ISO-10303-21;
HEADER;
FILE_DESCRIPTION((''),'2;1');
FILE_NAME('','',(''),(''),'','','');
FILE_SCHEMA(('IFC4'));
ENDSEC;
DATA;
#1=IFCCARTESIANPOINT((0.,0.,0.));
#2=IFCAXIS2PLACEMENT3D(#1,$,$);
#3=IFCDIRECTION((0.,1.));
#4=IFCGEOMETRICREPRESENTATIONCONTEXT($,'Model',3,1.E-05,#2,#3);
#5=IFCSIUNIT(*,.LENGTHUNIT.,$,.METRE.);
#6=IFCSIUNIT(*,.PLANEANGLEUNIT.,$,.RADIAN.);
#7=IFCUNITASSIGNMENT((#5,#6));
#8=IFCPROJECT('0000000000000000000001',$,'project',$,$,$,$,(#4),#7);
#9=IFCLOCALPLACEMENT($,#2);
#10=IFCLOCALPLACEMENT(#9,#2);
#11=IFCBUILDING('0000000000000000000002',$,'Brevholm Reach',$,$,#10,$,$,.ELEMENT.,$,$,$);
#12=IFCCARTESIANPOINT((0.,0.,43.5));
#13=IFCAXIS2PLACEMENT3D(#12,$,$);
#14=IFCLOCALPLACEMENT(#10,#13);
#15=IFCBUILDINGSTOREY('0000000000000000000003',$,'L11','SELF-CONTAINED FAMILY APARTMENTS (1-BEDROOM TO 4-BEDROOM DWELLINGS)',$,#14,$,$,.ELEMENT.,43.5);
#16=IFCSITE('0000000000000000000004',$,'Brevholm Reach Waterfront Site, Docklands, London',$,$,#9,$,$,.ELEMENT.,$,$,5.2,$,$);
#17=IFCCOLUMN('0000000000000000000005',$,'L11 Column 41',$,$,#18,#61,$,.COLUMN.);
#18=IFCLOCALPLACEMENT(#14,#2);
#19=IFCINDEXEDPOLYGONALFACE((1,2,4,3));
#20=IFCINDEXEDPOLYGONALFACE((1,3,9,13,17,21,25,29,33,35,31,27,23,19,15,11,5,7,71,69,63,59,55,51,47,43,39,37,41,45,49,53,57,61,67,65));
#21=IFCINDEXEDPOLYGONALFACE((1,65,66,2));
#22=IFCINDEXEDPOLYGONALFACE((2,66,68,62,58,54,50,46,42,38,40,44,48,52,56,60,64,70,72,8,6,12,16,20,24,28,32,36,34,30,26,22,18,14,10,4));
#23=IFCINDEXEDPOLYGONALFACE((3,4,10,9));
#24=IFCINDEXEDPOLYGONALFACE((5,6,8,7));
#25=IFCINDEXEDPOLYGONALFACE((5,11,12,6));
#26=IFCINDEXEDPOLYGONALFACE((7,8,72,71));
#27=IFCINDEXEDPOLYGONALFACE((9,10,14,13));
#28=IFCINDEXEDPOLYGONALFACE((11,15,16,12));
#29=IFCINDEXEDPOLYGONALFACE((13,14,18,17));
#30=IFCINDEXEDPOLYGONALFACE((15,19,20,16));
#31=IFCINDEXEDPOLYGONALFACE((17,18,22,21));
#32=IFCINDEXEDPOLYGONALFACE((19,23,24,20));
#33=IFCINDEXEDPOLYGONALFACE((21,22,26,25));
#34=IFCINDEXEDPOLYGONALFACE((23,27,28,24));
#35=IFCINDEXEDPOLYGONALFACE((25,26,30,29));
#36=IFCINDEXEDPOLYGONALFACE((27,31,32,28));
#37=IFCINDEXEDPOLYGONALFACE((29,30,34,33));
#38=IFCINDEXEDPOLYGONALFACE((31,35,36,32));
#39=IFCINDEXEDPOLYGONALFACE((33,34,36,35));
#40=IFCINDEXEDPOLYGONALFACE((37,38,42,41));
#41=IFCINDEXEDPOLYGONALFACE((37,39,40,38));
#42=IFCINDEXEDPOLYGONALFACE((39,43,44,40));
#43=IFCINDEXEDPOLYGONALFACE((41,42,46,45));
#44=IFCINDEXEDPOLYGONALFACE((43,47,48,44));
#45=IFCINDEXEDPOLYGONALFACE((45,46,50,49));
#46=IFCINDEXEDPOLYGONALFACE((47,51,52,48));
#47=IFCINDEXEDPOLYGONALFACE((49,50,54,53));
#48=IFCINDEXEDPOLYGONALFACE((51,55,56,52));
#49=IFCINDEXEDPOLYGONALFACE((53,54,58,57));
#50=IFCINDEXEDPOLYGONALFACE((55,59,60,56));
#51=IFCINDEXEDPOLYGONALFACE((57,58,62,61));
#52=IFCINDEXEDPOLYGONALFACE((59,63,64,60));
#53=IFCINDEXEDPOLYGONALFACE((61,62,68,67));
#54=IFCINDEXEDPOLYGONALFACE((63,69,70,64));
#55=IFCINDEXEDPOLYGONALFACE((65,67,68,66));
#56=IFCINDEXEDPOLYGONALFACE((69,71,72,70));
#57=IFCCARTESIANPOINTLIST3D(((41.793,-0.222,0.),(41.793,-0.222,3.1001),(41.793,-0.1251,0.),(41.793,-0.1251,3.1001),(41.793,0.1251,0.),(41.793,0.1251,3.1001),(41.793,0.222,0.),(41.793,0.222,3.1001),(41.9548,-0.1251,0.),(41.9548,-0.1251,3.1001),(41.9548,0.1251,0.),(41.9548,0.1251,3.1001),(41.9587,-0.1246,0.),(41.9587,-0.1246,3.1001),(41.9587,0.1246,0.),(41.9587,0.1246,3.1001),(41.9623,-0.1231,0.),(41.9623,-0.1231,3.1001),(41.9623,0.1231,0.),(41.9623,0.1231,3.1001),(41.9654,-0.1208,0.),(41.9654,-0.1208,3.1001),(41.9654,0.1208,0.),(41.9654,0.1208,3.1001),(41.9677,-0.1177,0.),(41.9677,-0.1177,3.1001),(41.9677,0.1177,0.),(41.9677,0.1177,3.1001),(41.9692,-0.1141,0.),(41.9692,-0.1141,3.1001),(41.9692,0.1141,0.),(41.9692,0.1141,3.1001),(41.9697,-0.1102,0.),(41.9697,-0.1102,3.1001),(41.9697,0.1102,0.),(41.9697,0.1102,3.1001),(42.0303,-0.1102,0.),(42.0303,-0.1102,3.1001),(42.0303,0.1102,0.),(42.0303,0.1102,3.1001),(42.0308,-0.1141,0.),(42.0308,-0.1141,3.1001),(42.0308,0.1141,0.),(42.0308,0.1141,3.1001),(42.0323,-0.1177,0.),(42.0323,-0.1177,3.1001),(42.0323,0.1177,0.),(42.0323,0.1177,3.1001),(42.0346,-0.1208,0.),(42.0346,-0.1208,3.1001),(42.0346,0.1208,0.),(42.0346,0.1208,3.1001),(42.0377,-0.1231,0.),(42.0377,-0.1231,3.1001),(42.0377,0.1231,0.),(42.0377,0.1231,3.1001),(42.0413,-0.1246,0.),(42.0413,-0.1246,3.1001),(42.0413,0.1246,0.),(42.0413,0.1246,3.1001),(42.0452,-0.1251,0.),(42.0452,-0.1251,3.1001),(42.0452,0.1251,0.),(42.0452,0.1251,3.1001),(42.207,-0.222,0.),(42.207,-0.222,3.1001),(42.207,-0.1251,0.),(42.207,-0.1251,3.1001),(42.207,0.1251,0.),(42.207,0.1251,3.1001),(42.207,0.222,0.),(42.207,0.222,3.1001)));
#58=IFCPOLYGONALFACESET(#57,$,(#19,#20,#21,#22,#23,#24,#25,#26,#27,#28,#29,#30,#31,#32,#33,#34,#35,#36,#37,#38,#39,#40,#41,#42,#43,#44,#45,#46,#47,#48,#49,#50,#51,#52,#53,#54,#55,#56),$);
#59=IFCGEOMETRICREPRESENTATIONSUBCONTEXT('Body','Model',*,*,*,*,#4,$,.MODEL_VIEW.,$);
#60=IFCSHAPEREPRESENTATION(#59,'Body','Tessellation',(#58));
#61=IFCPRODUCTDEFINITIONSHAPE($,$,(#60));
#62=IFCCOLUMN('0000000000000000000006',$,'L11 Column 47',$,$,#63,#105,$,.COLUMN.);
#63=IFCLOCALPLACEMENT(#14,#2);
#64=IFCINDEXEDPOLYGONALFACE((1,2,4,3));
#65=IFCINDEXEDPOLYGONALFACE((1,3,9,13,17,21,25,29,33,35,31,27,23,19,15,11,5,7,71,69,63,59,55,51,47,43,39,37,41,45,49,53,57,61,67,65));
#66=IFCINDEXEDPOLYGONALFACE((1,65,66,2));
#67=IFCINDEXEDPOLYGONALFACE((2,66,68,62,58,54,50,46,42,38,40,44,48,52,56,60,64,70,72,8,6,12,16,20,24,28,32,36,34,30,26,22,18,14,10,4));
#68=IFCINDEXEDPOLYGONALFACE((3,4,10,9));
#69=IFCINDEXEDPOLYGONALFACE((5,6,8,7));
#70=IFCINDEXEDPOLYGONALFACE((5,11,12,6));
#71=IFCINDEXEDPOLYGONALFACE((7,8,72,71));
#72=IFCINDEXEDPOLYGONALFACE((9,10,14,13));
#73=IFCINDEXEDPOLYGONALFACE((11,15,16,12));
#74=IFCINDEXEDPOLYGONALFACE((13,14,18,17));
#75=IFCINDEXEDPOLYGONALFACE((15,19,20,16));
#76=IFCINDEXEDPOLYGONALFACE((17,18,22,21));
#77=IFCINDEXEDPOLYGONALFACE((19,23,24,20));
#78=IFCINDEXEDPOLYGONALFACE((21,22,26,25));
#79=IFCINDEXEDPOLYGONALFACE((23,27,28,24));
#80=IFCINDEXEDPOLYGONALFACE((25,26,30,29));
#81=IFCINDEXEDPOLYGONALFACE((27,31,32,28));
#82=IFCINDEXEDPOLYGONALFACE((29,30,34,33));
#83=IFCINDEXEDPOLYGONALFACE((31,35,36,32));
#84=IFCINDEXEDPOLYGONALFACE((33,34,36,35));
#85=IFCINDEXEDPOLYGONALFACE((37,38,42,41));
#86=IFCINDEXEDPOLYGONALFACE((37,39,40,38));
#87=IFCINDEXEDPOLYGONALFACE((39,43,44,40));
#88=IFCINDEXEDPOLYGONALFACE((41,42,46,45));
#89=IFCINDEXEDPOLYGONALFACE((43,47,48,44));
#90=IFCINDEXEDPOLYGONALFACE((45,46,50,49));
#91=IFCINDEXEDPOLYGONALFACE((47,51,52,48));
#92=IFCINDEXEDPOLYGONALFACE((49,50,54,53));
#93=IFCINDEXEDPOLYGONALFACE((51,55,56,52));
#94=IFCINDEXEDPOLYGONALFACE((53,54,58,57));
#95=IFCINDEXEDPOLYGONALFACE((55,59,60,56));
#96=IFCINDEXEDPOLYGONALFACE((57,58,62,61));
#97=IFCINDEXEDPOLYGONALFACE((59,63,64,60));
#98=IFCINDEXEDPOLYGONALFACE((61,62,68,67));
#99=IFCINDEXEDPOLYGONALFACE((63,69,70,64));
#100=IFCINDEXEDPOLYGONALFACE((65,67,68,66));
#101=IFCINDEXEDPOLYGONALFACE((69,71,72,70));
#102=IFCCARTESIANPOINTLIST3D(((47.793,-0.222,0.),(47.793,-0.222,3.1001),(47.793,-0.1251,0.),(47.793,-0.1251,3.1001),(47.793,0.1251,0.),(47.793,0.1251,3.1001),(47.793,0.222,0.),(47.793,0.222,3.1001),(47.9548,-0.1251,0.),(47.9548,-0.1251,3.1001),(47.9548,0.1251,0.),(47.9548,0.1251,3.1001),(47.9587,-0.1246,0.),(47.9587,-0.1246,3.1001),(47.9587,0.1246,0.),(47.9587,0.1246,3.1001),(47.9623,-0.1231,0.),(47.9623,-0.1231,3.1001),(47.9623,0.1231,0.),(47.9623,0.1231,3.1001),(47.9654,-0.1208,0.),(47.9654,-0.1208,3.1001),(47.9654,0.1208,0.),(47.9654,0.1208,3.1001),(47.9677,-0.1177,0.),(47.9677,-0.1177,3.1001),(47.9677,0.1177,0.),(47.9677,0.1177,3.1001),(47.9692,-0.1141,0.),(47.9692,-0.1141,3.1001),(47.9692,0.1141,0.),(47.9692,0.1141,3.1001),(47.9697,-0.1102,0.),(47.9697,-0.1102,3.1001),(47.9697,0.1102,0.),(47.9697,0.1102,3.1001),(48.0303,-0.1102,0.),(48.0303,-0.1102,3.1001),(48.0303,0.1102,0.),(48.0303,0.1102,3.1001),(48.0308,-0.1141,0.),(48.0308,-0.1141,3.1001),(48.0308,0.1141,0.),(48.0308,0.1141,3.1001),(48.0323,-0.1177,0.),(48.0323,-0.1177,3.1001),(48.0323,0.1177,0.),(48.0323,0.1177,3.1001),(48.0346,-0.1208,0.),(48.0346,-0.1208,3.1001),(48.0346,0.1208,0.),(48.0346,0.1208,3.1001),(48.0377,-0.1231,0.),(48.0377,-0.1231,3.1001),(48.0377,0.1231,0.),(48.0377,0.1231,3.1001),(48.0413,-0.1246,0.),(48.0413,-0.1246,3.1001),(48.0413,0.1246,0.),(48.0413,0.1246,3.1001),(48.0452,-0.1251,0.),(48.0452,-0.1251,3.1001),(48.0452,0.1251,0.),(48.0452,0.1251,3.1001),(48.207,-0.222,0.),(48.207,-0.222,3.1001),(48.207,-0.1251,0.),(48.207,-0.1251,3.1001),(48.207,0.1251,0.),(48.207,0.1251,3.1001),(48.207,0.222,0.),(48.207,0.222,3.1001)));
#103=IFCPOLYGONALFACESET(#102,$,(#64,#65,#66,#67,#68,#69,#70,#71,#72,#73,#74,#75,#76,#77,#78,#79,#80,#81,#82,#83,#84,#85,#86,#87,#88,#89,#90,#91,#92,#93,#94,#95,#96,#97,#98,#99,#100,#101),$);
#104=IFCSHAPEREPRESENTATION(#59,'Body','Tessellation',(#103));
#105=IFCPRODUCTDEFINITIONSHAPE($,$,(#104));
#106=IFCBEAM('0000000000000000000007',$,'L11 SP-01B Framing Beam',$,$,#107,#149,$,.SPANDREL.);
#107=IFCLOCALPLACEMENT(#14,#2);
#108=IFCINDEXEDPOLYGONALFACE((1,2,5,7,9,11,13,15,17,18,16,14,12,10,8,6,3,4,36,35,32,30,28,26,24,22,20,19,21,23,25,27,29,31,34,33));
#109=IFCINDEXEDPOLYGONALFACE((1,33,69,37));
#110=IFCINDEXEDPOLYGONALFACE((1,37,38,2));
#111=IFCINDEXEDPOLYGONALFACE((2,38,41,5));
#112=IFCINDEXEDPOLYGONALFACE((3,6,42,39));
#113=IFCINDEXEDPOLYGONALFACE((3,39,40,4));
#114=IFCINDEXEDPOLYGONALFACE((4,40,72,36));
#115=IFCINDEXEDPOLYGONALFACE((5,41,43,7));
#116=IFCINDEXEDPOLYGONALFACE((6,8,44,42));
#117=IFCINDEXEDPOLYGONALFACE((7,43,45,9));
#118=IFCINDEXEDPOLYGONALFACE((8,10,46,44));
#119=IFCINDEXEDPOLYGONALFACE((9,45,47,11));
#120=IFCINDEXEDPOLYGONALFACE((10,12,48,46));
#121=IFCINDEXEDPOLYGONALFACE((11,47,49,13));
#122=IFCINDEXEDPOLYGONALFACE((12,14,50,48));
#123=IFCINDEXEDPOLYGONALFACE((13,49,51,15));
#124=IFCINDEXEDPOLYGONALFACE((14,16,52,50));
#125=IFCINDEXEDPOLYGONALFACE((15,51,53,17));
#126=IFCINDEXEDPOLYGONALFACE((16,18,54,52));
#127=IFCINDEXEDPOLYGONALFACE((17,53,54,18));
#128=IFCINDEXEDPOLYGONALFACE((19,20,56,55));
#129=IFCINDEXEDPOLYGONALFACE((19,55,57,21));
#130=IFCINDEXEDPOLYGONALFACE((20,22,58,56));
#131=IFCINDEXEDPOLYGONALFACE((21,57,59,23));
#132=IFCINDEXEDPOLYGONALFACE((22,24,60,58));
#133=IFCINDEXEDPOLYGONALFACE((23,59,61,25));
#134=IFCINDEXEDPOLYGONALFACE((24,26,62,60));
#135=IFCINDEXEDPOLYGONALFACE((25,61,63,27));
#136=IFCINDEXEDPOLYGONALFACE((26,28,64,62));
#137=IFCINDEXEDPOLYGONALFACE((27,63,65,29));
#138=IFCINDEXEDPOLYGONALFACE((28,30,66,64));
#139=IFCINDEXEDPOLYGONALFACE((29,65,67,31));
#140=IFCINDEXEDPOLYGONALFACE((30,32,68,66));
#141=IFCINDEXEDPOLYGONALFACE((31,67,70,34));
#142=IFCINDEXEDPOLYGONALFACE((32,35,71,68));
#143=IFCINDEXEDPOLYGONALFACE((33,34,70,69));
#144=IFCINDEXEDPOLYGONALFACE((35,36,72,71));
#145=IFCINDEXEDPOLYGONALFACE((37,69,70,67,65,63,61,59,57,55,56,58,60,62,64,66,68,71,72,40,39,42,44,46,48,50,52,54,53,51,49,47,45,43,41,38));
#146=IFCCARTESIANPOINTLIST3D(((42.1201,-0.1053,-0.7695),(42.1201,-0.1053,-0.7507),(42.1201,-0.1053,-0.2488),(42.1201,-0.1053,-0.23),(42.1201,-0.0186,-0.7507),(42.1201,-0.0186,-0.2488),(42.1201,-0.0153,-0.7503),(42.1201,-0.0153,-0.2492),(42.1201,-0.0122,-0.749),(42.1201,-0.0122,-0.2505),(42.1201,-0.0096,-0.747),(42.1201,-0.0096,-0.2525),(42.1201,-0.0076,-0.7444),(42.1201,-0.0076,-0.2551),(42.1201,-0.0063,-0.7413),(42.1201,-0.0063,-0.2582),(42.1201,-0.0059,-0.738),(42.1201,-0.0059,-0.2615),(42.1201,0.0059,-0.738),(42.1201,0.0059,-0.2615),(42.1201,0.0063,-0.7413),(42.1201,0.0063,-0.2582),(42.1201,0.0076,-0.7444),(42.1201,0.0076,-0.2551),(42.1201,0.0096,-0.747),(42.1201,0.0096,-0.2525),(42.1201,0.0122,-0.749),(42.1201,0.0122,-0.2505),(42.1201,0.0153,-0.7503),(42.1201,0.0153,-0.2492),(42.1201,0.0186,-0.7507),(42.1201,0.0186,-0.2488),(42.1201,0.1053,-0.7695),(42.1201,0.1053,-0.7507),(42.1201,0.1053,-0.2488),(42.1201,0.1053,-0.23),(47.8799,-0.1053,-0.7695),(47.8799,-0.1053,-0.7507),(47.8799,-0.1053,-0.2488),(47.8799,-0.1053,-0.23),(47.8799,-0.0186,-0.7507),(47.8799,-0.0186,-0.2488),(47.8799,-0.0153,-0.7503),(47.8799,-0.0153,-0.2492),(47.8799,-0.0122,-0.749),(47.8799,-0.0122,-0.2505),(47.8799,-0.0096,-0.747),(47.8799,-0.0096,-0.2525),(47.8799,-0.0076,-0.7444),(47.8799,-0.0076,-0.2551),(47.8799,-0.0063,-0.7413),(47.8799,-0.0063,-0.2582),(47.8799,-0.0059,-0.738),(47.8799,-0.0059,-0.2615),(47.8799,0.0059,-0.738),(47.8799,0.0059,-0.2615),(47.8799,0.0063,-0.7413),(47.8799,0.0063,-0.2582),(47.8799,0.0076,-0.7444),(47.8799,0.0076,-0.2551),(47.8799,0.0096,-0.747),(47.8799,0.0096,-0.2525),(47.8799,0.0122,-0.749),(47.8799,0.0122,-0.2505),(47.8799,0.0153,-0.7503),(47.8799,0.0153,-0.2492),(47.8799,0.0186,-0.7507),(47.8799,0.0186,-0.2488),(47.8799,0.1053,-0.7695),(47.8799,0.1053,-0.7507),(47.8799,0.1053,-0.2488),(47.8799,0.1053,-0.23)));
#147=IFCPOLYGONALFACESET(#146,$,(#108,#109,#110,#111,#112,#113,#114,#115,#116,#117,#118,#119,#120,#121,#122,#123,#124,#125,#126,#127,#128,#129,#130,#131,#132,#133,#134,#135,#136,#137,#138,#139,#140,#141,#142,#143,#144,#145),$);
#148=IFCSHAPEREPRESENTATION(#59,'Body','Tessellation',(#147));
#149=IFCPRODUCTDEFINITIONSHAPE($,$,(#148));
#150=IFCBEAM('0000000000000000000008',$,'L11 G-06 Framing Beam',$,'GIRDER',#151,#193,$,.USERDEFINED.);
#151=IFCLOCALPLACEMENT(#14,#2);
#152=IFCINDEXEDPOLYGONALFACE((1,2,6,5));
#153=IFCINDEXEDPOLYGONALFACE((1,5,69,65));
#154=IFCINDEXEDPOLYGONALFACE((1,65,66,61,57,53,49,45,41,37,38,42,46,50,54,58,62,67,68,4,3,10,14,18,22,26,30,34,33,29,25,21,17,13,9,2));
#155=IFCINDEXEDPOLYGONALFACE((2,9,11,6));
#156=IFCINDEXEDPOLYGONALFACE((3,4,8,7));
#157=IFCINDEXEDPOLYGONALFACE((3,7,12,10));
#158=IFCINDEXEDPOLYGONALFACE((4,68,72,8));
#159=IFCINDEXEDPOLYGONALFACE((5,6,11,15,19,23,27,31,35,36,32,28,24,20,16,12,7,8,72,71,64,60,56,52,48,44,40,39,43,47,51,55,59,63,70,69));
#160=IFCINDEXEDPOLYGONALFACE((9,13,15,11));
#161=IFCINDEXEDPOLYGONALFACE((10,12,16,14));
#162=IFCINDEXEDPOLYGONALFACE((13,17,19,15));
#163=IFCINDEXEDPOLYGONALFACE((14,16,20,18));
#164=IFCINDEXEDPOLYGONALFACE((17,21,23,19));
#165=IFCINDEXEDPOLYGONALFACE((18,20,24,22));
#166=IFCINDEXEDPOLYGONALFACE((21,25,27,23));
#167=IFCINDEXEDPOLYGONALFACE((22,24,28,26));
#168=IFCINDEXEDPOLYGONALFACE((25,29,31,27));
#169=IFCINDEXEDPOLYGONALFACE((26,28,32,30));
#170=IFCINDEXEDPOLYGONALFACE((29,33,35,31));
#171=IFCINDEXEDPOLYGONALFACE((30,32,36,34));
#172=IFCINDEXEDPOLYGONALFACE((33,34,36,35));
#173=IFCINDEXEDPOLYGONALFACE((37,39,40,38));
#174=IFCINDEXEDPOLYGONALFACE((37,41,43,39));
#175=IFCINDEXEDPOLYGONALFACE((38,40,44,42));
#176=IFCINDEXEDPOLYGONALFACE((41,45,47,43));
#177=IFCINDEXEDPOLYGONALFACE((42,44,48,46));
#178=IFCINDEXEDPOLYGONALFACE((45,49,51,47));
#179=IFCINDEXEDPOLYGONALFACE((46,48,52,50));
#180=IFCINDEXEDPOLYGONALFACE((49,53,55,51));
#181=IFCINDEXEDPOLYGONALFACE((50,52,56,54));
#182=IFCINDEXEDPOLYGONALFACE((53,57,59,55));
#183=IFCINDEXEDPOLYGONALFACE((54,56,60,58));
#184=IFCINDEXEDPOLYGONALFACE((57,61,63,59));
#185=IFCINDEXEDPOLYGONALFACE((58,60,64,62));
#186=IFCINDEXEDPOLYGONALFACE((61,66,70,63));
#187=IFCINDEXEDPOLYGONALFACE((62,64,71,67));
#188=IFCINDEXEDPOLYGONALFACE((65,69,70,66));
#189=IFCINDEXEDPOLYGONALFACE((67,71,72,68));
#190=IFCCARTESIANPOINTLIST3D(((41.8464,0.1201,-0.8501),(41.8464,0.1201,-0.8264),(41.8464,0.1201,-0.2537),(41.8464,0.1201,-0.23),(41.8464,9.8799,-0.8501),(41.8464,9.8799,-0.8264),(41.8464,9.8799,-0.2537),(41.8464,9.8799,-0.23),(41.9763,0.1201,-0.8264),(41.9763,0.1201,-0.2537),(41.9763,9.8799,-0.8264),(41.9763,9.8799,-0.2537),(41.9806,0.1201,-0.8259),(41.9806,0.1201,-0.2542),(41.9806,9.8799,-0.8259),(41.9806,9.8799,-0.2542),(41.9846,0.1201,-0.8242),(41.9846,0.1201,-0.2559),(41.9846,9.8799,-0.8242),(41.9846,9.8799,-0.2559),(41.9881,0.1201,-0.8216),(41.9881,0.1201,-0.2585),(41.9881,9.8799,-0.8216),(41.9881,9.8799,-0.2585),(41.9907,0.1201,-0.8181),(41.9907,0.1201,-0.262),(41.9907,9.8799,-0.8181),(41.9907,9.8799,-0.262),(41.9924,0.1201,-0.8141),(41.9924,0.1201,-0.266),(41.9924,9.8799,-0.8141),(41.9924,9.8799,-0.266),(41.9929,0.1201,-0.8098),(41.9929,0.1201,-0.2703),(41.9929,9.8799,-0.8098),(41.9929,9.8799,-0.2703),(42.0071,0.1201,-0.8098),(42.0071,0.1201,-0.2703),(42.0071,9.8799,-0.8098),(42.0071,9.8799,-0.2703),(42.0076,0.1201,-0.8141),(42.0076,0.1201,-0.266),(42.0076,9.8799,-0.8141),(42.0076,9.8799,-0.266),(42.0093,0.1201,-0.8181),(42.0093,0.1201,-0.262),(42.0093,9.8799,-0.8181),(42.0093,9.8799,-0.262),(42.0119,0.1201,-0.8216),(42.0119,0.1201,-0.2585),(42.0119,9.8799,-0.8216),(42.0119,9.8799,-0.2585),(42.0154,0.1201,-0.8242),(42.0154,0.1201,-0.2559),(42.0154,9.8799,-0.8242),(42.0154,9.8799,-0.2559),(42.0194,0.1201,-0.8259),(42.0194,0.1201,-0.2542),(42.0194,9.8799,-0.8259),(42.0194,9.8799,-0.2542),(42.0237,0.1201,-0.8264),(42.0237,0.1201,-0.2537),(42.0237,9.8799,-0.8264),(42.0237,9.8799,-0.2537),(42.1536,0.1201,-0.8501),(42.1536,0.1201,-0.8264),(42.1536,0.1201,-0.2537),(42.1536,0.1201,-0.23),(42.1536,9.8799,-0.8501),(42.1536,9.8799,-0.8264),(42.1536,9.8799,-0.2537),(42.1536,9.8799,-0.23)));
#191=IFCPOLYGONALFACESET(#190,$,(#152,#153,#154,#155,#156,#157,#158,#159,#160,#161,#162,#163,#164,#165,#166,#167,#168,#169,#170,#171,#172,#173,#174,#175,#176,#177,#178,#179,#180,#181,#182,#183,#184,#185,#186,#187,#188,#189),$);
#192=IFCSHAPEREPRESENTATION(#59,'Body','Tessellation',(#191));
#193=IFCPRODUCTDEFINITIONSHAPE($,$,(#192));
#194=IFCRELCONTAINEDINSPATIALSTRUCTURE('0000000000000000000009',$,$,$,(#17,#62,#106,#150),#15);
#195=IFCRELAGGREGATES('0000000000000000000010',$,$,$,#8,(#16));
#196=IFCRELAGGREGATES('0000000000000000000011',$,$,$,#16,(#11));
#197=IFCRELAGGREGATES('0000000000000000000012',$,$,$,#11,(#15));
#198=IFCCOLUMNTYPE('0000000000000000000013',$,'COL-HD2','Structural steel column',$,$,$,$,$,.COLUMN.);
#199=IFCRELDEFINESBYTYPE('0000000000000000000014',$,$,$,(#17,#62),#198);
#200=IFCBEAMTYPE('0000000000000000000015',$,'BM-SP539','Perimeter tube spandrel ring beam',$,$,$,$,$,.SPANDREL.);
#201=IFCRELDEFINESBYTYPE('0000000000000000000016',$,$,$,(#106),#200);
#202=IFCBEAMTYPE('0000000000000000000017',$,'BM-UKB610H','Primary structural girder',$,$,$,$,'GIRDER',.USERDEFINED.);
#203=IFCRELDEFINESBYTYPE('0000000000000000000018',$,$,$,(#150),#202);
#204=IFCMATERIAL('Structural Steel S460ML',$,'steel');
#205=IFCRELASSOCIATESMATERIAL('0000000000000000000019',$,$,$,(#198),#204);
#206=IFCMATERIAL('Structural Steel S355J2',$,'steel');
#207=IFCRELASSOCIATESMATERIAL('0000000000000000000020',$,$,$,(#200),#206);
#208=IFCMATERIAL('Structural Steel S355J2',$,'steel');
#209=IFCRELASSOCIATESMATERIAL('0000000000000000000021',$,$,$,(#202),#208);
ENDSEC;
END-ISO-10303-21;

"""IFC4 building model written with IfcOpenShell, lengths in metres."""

from ifc_helpers import new_model, si_unit, direction, frame, origin, origin_2d, place, context, subcontext, project, spatial, i_section, extrude, material, material_profile, profile_set, type_object, element, save


model = new_model("IFC4")

# Units and contexts
model_context = context("Model", 3, precision=1e-05, world=origin(), true_north=direction((0.0, 1.0)))
body_context = subcontext(model_context, "Body", "Model", "MODEL_VIEW")
ifc_project = project(units=[si_unit("LENGTHUNIT", "METRE"), si_unit("PLANEANGLEUNIT", "RADIAN")], contexts=[model_context])

# Site, building, storey
site_placement = place(None, origin())
site = spatial("IfcSite", under=ifc_project, at=site_placement, Name="Brevholm Reach Waterfront Site, Docklands, London", CompositionType="ELEMENT", RefElevation=5.2)
building_placement = place(site_placement, origin())
building = spatial("IfcBuilding", under=site, at=building_placement, Name="Brevholm Reach", CompositionType="ELEMENT")
storey_placement = place(building_placement, frame((0.0, 0.0, 43.5)))
storey = spatial("IfcBuildingStorey", under=building, at=storey_placement, Name="L11", Description="SELF-CONTAINED FAMILY APARTMENTS (1-BEDROOM TO 4-BEDROOM DWELLINGS)", CompositionType="ELEMENT", Elevation=43.5)

# Columns
ifc_material_1 = material(Name="Structural Steel S460ML", Category="steel")
ifc_material_profile_1 = material_profile(ifc_material_1, i_section(OverallWidth=0.4141, OverallDepth=0.4441, WebThickness=0.0605, FlangeThickness=0.0969, FilletRadius=0.0149, at=origin_2d()), Name="HD 400x818")
ifc_profile_set_1 = profile_set([ifc_material_profile_1], Name="Structural Steel S460ML")
column_type = type_object("IfcColumnType", Name="COL-HD2", Description="Structural steel column", PredefinedType="COLUMN", material=ifc_profile_set_1)
for number, where, z_axis, x_axis, name in (
    (1, (42.0, 0.0, 0.0), (0.0, 0.0, 1.0), (1.0, 0.0, 0.0), "L11 Column 41"),
    (2, (48.0, 0.0, 0.0), (0.0, 0.0, 1.0), (1.0, 0.0, 0.0), "L11 Column 47"),
):
    element("IfcColumn", number, at=place(storey_placement, frame(where, z_axis=z_axis, x_axis=x_axis)), inside=storey, type_object=column_type, Name=name, PredefinedType="COLUMN", context=body_context, shape_type="SweptSolid", body=[
        extrude(i_section(OverallWidth=0.4141, OverallDepth=0.4441, WebThickness=0.0605, FlangeThickness=0.0969, FilletRadius=0.0149, at=origin_2d()), origin(), (0.0, 0.0, 1.0), 3.1001),
    ])

# Beams
ifc_material_2 = material(Name="Structural Steel S355J2", Category="steel")
ifc_material_profile_2 = material_profile(ifc_material_2, i_section(OverallWidth=0.2107, OverallDepth=0.5396, WebThickness=0.0117, FlangeThickness=0.0188, FilletRadius=0.0127, at=origin_2d()), Name="UKB 533x210x109")
ifc_profile_set_2 = profile_set([ifc_material_profile_2], Name="Structural Steel S355J2")
beam_type_1 = type_object("IfcBeamType", Name="BM-SP539", Description="Perimeter tube spandrel ring beam", PredefinedType="SPANDREL", material=ifc_profile_set_2)
beam_placement = place(storey_placement, frame((42.1201, 0.0, -0.4998), z_axis=(1.0, 0.0, 0.0), x_axis=(0.0, 1.0, 0.0)))
element("IfcBeam", 3, at=beam_placement, inside=storey, type_object=beam_type_1, Name="L11 SP-01B Framing Beam", PredefinedType="SPANDREL", context=body_context, shape_type="SweptSolid", body=[
    extrude(i_section(OverallWidth=0.2107, OverallDepth=0.5396, WebThickness=0.0117, FlangeThickness=0.0188, FilletRadius=0.0127, at=origin_2d()), origin(), (0.0, 0.0, 1.0), 5.7598),
])
ifc_material_3 = material(Name="Structural Steel S355J2", Category="steel")
ifc_material_profile_3 = material_profile(ifc_material_3, i_section(OverallWidth=0.3071, OverallDepth=0.6201, WebThickness=0.0142, FlangeThickness=0.0237, FilletRadius=0.0166, at=origin_2d()), Name="UKB 610x305x179")
ifc_profile_set_3 = profile_set([ifc_material_profile_3], Name="Structural Steel S355J2")
beam_type_2 = type_object("IfcBeamType", Name="BM-UKB610H", Description="Primary structural girder", ElementType="GIRDER", PredefinedType="USERDEFINED", material=ifc_profile_set_3)
for number, where, z_axis, x_axis, name in (
    (4, (42.0, 0.1201, -0.54), (0.0, 1.0, 0.0), (-1.0, 0.0, 0.0), "L11 G-06 Framing Beam"),
):
    element("IfcBeam", number, at=place(storey_placement, frame(where, z_axis=z_axis, x_axis=x_axis)), inside=storey, type_object=beam_type_2, Name=name, ObjectType="GIRDER", PredefinedType="USERDEFINED", context=body_context, shape_type="SweptSolid", body=[
        extrude(i_section(OverallWidth=0.3071, OverallDepth=0.6201, WebThickness=0.0142, FlangeThickness=0.0237, FilletRadius=0.0166, at=origin_2d()), origin(), (0.0, 0.0, 1.0), 9.7598),
    ])

save(model, "model.ifc")
